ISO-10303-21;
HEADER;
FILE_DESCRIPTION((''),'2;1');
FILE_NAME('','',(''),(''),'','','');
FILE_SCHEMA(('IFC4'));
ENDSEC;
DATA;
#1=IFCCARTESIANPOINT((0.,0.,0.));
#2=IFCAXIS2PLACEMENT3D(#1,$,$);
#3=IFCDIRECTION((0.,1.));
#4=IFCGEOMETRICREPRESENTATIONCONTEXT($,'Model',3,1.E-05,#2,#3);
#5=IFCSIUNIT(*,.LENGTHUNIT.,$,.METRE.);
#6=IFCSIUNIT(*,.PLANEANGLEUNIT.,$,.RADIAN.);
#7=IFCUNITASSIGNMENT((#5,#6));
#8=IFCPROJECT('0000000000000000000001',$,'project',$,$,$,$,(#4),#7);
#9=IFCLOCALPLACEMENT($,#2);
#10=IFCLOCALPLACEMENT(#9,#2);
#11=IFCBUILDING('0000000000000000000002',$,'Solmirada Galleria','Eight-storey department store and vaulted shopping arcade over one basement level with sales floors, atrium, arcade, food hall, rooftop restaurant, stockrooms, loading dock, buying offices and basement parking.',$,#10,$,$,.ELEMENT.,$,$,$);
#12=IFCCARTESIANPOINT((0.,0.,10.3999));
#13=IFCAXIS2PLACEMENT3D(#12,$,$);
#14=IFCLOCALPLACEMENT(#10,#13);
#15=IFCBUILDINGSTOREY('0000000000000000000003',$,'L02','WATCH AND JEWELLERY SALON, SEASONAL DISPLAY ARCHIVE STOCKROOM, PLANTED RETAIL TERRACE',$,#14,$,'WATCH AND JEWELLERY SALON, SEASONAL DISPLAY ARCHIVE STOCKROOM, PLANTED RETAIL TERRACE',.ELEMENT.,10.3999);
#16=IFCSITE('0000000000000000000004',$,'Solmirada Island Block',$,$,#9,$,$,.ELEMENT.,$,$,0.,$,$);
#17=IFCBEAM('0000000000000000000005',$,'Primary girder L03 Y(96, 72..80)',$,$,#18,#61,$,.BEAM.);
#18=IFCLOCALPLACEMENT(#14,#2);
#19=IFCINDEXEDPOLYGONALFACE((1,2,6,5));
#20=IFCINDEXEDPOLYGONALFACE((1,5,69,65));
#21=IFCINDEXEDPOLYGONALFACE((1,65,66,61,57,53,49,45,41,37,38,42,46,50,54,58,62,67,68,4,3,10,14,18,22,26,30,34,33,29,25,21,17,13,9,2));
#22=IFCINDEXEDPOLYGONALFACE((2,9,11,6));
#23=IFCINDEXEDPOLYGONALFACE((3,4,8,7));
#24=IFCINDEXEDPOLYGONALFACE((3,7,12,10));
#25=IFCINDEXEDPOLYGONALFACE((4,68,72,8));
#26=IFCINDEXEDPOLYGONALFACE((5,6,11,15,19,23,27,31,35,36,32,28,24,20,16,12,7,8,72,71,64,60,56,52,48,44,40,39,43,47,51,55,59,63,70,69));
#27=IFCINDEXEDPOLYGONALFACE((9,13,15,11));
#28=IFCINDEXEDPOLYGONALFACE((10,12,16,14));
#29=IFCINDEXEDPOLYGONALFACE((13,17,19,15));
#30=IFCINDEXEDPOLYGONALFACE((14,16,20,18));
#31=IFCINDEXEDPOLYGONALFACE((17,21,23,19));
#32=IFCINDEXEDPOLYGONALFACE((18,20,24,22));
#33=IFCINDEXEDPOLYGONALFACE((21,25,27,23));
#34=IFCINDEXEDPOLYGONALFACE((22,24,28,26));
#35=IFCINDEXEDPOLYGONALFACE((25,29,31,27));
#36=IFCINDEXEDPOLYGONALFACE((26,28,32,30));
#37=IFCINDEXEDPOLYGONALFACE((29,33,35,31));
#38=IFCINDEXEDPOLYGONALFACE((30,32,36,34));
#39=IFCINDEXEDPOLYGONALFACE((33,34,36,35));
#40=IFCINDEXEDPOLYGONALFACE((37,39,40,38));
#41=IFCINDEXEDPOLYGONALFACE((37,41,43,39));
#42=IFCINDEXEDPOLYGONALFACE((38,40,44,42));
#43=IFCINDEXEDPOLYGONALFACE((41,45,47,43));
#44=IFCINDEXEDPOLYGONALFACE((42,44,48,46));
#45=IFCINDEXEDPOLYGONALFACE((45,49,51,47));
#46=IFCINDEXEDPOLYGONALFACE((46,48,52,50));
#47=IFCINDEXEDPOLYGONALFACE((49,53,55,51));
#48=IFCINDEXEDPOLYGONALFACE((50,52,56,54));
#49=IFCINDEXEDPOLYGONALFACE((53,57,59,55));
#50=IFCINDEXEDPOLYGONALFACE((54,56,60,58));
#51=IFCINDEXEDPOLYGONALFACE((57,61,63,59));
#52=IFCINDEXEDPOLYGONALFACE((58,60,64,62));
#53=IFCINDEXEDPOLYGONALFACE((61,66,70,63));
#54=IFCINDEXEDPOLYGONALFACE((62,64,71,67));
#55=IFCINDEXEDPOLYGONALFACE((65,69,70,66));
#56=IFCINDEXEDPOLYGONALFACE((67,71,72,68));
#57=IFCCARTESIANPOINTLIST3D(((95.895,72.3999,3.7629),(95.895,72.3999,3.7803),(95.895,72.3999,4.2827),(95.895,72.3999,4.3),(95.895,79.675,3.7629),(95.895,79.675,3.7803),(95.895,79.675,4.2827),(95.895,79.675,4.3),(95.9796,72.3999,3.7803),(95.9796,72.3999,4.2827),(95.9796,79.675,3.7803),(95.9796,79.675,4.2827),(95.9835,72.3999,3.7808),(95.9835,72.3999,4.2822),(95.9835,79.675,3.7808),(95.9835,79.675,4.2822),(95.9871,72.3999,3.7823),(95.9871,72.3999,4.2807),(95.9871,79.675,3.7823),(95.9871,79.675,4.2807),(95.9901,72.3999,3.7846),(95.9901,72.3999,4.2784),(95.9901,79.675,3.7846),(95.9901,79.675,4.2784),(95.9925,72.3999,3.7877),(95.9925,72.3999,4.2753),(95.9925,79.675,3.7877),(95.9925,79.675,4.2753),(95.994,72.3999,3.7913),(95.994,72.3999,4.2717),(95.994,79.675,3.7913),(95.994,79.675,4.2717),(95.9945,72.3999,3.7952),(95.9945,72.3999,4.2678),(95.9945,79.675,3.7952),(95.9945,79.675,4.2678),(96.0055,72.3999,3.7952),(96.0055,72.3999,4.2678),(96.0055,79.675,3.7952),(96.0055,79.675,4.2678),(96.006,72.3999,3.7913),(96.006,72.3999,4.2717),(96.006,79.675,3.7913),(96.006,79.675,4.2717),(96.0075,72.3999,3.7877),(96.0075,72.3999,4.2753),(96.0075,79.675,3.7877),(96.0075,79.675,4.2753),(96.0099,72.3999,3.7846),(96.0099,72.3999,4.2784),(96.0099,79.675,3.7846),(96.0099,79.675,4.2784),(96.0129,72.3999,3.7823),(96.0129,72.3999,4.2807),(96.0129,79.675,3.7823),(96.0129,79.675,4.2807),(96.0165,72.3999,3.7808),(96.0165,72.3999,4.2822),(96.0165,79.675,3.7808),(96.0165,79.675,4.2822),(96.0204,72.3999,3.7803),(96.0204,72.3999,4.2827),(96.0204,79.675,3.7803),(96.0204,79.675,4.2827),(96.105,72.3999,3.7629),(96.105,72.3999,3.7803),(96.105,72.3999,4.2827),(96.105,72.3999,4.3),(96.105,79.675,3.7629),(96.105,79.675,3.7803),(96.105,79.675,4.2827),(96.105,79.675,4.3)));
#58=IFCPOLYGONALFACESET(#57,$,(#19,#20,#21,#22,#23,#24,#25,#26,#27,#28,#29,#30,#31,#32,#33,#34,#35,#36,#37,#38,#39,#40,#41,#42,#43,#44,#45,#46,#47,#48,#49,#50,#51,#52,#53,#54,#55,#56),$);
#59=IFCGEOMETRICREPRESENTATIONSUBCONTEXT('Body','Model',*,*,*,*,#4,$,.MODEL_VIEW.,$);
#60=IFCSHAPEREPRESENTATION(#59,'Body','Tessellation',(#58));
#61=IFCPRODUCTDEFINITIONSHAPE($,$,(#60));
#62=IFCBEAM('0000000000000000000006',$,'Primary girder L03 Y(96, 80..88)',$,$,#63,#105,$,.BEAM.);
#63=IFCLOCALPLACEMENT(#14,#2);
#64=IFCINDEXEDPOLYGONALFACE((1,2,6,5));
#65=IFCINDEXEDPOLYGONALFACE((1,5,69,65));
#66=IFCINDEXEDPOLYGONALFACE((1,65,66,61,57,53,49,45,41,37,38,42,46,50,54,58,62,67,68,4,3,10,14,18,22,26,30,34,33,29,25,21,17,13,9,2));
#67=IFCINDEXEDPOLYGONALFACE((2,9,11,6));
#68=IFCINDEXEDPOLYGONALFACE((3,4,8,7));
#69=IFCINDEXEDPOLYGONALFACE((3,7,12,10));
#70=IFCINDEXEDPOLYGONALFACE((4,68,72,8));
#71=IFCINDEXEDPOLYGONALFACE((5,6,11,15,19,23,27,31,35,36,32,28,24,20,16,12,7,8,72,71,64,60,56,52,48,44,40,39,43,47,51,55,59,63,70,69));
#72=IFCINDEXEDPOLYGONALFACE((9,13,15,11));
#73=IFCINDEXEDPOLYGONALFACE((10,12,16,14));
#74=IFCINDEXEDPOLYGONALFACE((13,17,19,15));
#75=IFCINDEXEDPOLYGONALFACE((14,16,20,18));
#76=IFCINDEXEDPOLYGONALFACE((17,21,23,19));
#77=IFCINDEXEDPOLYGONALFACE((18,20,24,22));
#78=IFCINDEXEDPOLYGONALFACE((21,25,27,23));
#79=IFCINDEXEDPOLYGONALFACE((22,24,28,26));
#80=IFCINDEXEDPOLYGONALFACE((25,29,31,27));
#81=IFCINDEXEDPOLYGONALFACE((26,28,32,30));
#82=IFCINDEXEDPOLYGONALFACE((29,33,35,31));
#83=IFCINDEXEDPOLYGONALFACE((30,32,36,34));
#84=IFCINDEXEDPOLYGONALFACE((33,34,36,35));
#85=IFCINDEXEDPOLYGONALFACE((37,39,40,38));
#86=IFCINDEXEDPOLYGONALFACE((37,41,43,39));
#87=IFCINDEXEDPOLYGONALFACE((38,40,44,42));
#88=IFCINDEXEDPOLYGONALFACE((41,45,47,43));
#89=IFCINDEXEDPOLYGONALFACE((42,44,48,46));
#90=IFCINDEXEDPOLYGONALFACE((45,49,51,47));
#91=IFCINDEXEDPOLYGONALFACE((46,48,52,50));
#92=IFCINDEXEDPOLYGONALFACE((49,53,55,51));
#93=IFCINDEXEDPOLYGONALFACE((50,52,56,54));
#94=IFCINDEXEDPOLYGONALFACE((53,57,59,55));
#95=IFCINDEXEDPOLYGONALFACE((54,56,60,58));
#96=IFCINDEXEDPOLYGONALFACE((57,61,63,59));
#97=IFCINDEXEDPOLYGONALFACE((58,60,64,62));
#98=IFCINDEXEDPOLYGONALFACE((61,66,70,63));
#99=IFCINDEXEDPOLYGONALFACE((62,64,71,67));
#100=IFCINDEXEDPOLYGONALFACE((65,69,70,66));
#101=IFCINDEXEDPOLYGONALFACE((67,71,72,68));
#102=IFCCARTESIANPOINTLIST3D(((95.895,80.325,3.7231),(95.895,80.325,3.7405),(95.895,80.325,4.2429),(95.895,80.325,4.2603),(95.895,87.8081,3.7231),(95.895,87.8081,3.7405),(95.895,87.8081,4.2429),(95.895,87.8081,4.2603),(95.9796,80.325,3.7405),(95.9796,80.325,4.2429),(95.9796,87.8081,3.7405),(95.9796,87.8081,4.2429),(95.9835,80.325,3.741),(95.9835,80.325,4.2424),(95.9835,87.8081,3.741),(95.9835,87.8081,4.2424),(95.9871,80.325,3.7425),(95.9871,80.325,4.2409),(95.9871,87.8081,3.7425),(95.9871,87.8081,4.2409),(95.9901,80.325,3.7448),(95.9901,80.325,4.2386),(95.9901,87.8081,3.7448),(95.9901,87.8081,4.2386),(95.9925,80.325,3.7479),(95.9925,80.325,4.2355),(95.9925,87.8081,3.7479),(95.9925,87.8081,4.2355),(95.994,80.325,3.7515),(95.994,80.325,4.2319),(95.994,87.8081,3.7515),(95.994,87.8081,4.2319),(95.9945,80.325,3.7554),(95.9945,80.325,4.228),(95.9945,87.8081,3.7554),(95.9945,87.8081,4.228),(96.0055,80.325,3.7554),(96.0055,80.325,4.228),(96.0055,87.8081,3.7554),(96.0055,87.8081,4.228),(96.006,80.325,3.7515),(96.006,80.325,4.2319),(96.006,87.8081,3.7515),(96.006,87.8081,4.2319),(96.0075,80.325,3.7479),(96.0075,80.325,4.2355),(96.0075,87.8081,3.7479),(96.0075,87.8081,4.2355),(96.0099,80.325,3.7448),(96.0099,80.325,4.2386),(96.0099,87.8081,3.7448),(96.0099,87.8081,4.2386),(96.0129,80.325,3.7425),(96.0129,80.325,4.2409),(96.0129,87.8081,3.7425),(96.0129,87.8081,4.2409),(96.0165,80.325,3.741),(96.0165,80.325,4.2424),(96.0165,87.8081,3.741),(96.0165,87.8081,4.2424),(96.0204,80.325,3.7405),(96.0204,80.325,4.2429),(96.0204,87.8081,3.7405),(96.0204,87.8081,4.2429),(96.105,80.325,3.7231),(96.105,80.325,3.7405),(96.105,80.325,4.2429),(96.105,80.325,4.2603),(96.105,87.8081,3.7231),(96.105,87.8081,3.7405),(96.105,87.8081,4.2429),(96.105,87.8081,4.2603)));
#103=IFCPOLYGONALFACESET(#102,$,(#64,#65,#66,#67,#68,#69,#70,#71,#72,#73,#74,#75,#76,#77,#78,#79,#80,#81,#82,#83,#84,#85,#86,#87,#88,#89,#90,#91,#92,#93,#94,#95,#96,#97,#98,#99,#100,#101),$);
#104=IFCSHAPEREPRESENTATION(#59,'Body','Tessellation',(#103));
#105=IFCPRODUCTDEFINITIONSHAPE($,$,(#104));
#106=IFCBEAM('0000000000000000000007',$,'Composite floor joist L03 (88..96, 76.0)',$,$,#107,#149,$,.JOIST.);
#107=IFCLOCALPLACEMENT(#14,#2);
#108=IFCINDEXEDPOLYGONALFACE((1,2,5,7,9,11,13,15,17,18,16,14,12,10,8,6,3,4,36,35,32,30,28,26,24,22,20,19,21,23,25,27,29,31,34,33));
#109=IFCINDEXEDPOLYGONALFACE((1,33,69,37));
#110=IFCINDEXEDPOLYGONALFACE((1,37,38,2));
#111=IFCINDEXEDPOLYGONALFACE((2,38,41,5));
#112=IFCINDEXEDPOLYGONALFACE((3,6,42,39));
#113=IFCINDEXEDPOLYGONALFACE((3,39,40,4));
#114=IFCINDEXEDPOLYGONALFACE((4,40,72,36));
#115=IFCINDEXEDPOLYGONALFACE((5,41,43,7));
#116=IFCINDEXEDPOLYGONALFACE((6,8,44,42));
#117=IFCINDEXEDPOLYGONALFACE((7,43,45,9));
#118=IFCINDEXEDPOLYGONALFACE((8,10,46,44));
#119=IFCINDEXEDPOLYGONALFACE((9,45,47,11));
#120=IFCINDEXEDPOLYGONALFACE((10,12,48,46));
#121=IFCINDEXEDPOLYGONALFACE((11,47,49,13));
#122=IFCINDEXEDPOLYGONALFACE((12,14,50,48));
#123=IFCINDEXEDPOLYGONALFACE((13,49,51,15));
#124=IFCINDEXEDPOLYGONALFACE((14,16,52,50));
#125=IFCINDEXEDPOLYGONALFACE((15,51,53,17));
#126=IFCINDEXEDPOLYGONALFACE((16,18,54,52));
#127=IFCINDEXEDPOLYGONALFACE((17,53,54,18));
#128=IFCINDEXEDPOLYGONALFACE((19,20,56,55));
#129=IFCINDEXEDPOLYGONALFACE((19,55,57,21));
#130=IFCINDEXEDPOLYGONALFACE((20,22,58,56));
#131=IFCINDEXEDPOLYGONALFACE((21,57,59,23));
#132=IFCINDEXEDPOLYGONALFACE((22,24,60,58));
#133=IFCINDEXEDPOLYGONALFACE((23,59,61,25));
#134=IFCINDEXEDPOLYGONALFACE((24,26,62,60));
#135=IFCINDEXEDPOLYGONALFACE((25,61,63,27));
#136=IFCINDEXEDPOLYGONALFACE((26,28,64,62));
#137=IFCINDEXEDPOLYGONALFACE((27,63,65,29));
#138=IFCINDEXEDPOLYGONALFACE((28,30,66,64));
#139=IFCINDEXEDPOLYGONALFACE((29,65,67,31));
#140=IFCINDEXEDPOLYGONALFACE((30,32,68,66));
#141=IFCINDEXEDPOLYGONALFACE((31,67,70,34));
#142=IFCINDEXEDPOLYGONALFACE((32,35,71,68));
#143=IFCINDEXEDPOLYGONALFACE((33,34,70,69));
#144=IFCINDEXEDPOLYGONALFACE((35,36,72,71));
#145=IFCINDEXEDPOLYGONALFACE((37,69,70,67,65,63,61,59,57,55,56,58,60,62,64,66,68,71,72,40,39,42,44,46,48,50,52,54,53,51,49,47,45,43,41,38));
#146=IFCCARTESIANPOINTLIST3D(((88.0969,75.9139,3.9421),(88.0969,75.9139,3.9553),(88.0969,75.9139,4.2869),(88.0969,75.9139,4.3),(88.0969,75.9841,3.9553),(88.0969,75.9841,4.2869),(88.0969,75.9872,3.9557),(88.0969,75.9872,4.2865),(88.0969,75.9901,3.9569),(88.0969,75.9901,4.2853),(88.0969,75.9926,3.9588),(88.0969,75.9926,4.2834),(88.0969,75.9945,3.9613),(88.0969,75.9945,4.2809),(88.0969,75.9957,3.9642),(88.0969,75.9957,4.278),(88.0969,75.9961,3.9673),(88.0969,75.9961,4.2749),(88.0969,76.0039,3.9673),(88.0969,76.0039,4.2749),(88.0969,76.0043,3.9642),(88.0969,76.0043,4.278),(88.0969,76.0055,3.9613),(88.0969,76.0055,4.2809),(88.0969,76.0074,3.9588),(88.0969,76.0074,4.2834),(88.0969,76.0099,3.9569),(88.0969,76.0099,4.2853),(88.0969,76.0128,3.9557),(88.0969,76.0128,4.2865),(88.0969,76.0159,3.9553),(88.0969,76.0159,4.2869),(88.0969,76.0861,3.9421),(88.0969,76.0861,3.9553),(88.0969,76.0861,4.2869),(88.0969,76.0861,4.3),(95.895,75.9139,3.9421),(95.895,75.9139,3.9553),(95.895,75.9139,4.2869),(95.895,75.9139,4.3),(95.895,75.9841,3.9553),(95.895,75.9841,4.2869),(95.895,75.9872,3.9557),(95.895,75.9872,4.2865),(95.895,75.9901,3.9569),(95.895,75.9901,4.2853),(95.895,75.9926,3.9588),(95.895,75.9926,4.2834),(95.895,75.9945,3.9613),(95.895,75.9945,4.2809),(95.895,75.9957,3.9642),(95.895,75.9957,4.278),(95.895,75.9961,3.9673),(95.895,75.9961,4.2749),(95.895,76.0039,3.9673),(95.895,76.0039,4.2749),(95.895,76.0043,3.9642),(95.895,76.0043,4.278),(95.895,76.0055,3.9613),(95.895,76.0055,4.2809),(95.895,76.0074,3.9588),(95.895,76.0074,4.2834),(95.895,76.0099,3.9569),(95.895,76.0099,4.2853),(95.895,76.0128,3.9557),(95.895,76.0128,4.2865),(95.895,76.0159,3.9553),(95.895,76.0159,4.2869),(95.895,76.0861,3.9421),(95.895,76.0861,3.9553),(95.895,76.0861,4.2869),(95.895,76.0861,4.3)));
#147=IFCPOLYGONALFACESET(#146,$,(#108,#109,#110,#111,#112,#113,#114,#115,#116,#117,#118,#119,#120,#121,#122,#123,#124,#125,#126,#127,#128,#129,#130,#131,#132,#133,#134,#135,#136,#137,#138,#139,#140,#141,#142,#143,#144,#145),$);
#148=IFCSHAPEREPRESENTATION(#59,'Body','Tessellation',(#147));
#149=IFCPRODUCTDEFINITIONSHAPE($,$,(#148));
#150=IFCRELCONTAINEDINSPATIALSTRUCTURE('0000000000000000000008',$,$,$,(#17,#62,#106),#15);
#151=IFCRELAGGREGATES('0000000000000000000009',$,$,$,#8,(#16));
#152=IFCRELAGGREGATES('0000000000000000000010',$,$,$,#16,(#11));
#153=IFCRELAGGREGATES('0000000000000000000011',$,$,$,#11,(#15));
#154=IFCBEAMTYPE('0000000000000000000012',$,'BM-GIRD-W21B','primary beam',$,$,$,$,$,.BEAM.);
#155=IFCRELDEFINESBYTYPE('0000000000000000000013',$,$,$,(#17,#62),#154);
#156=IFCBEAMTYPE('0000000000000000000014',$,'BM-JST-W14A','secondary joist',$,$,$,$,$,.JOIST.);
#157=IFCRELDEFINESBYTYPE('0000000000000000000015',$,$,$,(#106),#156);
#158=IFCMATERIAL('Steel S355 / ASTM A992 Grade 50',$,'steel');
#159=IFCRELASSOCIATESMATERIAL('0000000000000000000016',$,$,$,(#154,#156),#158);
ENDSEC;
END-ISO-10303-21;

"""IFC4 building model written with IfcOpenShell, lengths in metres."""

from ifc_helpers import new_model, si_unit, direction, frame, origin, origin_2d, place, context, subcontext, project, spatial, i_section, extrude, material, material_profile, profile_set, type_object, element, save


model = new_model("IFC4")

# Units and contexts
model_context = context("Model", 3, precision=1e-05, world=origin(), true_north=direction((0.0, 1.0)))
body_context = subcontext(model_context, "Body", "Model", "MODEL_VIEW")
ifc_project = project(units=[si_unit("LENGTHUNIT", "METRE"), si_unit("PLANEANGLEUNIT", "RADIAN")], contexts=[model_context])

# Site, building, storey
site_placement = place(None, origin())
site = spatial("IfcSite", under=ifc_project, at=site_placement, Name="Solmirada Island Block", CompositionType="ELEMENT", RefElevation=0.0)
building_placement = place(site_placement, origin())
building = spatial("IfcBuilding", under=site, at=building_placement, Name="Solmirada Galleria", Description="Eight-storey department store and vaulted shopping arcade over one basement level with sales floors, atrium, arcade, food hall, rooftop restaurant, stockrooms, loading dock, buying offices and basement parking.", CompositionType="ELEMENT")
storey_placement = place(building_placement, frame((0.0, 0.0, 10.3999)))
storey = spatial("IfcBuildingStorey", under=building, at=storey_placement, Name="L02", Description="WATCH AND JEWELLERY SALON, SEASONAL DISPLAY ARCHIVE STOCKROOM, PLANTED RETAIL TERRACE", LongName="WATCH AND JEWELLERY SALON, SEASONAL DISPLAY ARCHIVE STOCKROOM, PLANTED RETAIL TERRACE", CompositionType="ELEMENT", Elevation=10.3999)

# Beams
ifc_material_1 = material(Name="Steel S355 / ASTM A992 Grade 50", Category="steel")
ifc_material_profile_1 = material_profile(ifc_material_1, i_section(OverallWidth=0.21, OverallDepth=0.5371, WebThickness=0.011, FlangeThickness=0.0173, FilletRadius=0.0149, at=origin_2d()), Name="W21X68")
ifc_profile_set_1 = profile_set([ifc_material_profile_1], Name="Steel S355 / ASTM A992 Grade 50")
beam_type_1 = type_object("IfcBeamType", Name="BM-GIRD-W21B", Description="primary beam", PredefinedType="BEAM", material=ifc_profile_set_1)
beam_1_placement = place(storey_placement, frame((96.0, 72.3999, 4.0315), z_axis=(0.0, 1.0, 0.0), x_axis=(-1.0, 0.0, 0.0)))
element("IfcBeam", 1, at=beam_1_placement, inside=storey, type_object=beam_type_1, Name="Primary girder L03 Y(96, 72..80)", PredefinedType="BEAM", context=body_context, shape_type="SweptSolid", body=[
    extrude(i_section(OverallWidth=0.21, OverallDepth=0.5371, WebThickness=0.011, FlangeThickness=0.0173, FilletRadius=0.0149, at=origin_2d()), origin(), (0.0, 0.0, 1.0), 7.2751),
])
beam_2_placement = place(storey_placement, frame((96.0, 80.325, 3.9917), z_axis=(0.0, 1.0, 0.0), x_axis=(-1.0, 0.0, 0.0)))
element("IfcBeam", 2, at=beam_2_placement, inside=storey, type_object=beam_type_1, Name="Primary girder L03 Y(96, 80..88)", PredefinedType="BEAM", context=body_context, shape_type="SweptSolid", body=[
    extrude(i_section(OverallWidth=0.21, OverallDepth=0.5371, WebThickness=0.011, FlangeThickness=0.0173, FilletRadius=0.0149, at=origin_2d()), origin(), (0.0, 0.0, 1.0), 7.4832),
])
ifc_material_profile_2 = material_profile(ifc_material_1, i_section(OverallWidth=0.1721, OverallDepth=0.3579, WebThickness=0.0078, FlangeThickness=0.0132, FilletRadius=0.012, at=origin_2d()), Name="W14X38")
ifc_profile_set_2 = profile_set([ifc_material_profile_2], Name="Steel S355 / ASTM A992 Grade 50")
beam_type_2 = type_object("IfcBeamType", Name="BM-JST-W14A", Description="secondary joist", PredefinedType="JOIST", material=ifc_profile_set_2)
beam_3_placement = place(storey_placement, frame((88.0969, 76.0, 4.1211), z_axis=(1.0, 0.0, 0.0), x_axis=(0.0, 1.0, 0.0)))
element("IfcBeam", 3, at=beam_3_placement, inside=storey, type_object=beam_type_2, Name="Composite floor joist L03 (88..96, 76.0)", PredefinedType="JOIST", context=body_context, shape_type="SweptSolid", body=[
    extrude(i_section(OverallWidth=0.1721, OverallDepth=0.3579, WebThickness=0.0078, FlangeThickness=0.0132, FilletRadius=0.012, at=origin_2d()), origin(), (0.0, 0.0, 1.0), 7.7981),
])

save(model, "model.ifc")
